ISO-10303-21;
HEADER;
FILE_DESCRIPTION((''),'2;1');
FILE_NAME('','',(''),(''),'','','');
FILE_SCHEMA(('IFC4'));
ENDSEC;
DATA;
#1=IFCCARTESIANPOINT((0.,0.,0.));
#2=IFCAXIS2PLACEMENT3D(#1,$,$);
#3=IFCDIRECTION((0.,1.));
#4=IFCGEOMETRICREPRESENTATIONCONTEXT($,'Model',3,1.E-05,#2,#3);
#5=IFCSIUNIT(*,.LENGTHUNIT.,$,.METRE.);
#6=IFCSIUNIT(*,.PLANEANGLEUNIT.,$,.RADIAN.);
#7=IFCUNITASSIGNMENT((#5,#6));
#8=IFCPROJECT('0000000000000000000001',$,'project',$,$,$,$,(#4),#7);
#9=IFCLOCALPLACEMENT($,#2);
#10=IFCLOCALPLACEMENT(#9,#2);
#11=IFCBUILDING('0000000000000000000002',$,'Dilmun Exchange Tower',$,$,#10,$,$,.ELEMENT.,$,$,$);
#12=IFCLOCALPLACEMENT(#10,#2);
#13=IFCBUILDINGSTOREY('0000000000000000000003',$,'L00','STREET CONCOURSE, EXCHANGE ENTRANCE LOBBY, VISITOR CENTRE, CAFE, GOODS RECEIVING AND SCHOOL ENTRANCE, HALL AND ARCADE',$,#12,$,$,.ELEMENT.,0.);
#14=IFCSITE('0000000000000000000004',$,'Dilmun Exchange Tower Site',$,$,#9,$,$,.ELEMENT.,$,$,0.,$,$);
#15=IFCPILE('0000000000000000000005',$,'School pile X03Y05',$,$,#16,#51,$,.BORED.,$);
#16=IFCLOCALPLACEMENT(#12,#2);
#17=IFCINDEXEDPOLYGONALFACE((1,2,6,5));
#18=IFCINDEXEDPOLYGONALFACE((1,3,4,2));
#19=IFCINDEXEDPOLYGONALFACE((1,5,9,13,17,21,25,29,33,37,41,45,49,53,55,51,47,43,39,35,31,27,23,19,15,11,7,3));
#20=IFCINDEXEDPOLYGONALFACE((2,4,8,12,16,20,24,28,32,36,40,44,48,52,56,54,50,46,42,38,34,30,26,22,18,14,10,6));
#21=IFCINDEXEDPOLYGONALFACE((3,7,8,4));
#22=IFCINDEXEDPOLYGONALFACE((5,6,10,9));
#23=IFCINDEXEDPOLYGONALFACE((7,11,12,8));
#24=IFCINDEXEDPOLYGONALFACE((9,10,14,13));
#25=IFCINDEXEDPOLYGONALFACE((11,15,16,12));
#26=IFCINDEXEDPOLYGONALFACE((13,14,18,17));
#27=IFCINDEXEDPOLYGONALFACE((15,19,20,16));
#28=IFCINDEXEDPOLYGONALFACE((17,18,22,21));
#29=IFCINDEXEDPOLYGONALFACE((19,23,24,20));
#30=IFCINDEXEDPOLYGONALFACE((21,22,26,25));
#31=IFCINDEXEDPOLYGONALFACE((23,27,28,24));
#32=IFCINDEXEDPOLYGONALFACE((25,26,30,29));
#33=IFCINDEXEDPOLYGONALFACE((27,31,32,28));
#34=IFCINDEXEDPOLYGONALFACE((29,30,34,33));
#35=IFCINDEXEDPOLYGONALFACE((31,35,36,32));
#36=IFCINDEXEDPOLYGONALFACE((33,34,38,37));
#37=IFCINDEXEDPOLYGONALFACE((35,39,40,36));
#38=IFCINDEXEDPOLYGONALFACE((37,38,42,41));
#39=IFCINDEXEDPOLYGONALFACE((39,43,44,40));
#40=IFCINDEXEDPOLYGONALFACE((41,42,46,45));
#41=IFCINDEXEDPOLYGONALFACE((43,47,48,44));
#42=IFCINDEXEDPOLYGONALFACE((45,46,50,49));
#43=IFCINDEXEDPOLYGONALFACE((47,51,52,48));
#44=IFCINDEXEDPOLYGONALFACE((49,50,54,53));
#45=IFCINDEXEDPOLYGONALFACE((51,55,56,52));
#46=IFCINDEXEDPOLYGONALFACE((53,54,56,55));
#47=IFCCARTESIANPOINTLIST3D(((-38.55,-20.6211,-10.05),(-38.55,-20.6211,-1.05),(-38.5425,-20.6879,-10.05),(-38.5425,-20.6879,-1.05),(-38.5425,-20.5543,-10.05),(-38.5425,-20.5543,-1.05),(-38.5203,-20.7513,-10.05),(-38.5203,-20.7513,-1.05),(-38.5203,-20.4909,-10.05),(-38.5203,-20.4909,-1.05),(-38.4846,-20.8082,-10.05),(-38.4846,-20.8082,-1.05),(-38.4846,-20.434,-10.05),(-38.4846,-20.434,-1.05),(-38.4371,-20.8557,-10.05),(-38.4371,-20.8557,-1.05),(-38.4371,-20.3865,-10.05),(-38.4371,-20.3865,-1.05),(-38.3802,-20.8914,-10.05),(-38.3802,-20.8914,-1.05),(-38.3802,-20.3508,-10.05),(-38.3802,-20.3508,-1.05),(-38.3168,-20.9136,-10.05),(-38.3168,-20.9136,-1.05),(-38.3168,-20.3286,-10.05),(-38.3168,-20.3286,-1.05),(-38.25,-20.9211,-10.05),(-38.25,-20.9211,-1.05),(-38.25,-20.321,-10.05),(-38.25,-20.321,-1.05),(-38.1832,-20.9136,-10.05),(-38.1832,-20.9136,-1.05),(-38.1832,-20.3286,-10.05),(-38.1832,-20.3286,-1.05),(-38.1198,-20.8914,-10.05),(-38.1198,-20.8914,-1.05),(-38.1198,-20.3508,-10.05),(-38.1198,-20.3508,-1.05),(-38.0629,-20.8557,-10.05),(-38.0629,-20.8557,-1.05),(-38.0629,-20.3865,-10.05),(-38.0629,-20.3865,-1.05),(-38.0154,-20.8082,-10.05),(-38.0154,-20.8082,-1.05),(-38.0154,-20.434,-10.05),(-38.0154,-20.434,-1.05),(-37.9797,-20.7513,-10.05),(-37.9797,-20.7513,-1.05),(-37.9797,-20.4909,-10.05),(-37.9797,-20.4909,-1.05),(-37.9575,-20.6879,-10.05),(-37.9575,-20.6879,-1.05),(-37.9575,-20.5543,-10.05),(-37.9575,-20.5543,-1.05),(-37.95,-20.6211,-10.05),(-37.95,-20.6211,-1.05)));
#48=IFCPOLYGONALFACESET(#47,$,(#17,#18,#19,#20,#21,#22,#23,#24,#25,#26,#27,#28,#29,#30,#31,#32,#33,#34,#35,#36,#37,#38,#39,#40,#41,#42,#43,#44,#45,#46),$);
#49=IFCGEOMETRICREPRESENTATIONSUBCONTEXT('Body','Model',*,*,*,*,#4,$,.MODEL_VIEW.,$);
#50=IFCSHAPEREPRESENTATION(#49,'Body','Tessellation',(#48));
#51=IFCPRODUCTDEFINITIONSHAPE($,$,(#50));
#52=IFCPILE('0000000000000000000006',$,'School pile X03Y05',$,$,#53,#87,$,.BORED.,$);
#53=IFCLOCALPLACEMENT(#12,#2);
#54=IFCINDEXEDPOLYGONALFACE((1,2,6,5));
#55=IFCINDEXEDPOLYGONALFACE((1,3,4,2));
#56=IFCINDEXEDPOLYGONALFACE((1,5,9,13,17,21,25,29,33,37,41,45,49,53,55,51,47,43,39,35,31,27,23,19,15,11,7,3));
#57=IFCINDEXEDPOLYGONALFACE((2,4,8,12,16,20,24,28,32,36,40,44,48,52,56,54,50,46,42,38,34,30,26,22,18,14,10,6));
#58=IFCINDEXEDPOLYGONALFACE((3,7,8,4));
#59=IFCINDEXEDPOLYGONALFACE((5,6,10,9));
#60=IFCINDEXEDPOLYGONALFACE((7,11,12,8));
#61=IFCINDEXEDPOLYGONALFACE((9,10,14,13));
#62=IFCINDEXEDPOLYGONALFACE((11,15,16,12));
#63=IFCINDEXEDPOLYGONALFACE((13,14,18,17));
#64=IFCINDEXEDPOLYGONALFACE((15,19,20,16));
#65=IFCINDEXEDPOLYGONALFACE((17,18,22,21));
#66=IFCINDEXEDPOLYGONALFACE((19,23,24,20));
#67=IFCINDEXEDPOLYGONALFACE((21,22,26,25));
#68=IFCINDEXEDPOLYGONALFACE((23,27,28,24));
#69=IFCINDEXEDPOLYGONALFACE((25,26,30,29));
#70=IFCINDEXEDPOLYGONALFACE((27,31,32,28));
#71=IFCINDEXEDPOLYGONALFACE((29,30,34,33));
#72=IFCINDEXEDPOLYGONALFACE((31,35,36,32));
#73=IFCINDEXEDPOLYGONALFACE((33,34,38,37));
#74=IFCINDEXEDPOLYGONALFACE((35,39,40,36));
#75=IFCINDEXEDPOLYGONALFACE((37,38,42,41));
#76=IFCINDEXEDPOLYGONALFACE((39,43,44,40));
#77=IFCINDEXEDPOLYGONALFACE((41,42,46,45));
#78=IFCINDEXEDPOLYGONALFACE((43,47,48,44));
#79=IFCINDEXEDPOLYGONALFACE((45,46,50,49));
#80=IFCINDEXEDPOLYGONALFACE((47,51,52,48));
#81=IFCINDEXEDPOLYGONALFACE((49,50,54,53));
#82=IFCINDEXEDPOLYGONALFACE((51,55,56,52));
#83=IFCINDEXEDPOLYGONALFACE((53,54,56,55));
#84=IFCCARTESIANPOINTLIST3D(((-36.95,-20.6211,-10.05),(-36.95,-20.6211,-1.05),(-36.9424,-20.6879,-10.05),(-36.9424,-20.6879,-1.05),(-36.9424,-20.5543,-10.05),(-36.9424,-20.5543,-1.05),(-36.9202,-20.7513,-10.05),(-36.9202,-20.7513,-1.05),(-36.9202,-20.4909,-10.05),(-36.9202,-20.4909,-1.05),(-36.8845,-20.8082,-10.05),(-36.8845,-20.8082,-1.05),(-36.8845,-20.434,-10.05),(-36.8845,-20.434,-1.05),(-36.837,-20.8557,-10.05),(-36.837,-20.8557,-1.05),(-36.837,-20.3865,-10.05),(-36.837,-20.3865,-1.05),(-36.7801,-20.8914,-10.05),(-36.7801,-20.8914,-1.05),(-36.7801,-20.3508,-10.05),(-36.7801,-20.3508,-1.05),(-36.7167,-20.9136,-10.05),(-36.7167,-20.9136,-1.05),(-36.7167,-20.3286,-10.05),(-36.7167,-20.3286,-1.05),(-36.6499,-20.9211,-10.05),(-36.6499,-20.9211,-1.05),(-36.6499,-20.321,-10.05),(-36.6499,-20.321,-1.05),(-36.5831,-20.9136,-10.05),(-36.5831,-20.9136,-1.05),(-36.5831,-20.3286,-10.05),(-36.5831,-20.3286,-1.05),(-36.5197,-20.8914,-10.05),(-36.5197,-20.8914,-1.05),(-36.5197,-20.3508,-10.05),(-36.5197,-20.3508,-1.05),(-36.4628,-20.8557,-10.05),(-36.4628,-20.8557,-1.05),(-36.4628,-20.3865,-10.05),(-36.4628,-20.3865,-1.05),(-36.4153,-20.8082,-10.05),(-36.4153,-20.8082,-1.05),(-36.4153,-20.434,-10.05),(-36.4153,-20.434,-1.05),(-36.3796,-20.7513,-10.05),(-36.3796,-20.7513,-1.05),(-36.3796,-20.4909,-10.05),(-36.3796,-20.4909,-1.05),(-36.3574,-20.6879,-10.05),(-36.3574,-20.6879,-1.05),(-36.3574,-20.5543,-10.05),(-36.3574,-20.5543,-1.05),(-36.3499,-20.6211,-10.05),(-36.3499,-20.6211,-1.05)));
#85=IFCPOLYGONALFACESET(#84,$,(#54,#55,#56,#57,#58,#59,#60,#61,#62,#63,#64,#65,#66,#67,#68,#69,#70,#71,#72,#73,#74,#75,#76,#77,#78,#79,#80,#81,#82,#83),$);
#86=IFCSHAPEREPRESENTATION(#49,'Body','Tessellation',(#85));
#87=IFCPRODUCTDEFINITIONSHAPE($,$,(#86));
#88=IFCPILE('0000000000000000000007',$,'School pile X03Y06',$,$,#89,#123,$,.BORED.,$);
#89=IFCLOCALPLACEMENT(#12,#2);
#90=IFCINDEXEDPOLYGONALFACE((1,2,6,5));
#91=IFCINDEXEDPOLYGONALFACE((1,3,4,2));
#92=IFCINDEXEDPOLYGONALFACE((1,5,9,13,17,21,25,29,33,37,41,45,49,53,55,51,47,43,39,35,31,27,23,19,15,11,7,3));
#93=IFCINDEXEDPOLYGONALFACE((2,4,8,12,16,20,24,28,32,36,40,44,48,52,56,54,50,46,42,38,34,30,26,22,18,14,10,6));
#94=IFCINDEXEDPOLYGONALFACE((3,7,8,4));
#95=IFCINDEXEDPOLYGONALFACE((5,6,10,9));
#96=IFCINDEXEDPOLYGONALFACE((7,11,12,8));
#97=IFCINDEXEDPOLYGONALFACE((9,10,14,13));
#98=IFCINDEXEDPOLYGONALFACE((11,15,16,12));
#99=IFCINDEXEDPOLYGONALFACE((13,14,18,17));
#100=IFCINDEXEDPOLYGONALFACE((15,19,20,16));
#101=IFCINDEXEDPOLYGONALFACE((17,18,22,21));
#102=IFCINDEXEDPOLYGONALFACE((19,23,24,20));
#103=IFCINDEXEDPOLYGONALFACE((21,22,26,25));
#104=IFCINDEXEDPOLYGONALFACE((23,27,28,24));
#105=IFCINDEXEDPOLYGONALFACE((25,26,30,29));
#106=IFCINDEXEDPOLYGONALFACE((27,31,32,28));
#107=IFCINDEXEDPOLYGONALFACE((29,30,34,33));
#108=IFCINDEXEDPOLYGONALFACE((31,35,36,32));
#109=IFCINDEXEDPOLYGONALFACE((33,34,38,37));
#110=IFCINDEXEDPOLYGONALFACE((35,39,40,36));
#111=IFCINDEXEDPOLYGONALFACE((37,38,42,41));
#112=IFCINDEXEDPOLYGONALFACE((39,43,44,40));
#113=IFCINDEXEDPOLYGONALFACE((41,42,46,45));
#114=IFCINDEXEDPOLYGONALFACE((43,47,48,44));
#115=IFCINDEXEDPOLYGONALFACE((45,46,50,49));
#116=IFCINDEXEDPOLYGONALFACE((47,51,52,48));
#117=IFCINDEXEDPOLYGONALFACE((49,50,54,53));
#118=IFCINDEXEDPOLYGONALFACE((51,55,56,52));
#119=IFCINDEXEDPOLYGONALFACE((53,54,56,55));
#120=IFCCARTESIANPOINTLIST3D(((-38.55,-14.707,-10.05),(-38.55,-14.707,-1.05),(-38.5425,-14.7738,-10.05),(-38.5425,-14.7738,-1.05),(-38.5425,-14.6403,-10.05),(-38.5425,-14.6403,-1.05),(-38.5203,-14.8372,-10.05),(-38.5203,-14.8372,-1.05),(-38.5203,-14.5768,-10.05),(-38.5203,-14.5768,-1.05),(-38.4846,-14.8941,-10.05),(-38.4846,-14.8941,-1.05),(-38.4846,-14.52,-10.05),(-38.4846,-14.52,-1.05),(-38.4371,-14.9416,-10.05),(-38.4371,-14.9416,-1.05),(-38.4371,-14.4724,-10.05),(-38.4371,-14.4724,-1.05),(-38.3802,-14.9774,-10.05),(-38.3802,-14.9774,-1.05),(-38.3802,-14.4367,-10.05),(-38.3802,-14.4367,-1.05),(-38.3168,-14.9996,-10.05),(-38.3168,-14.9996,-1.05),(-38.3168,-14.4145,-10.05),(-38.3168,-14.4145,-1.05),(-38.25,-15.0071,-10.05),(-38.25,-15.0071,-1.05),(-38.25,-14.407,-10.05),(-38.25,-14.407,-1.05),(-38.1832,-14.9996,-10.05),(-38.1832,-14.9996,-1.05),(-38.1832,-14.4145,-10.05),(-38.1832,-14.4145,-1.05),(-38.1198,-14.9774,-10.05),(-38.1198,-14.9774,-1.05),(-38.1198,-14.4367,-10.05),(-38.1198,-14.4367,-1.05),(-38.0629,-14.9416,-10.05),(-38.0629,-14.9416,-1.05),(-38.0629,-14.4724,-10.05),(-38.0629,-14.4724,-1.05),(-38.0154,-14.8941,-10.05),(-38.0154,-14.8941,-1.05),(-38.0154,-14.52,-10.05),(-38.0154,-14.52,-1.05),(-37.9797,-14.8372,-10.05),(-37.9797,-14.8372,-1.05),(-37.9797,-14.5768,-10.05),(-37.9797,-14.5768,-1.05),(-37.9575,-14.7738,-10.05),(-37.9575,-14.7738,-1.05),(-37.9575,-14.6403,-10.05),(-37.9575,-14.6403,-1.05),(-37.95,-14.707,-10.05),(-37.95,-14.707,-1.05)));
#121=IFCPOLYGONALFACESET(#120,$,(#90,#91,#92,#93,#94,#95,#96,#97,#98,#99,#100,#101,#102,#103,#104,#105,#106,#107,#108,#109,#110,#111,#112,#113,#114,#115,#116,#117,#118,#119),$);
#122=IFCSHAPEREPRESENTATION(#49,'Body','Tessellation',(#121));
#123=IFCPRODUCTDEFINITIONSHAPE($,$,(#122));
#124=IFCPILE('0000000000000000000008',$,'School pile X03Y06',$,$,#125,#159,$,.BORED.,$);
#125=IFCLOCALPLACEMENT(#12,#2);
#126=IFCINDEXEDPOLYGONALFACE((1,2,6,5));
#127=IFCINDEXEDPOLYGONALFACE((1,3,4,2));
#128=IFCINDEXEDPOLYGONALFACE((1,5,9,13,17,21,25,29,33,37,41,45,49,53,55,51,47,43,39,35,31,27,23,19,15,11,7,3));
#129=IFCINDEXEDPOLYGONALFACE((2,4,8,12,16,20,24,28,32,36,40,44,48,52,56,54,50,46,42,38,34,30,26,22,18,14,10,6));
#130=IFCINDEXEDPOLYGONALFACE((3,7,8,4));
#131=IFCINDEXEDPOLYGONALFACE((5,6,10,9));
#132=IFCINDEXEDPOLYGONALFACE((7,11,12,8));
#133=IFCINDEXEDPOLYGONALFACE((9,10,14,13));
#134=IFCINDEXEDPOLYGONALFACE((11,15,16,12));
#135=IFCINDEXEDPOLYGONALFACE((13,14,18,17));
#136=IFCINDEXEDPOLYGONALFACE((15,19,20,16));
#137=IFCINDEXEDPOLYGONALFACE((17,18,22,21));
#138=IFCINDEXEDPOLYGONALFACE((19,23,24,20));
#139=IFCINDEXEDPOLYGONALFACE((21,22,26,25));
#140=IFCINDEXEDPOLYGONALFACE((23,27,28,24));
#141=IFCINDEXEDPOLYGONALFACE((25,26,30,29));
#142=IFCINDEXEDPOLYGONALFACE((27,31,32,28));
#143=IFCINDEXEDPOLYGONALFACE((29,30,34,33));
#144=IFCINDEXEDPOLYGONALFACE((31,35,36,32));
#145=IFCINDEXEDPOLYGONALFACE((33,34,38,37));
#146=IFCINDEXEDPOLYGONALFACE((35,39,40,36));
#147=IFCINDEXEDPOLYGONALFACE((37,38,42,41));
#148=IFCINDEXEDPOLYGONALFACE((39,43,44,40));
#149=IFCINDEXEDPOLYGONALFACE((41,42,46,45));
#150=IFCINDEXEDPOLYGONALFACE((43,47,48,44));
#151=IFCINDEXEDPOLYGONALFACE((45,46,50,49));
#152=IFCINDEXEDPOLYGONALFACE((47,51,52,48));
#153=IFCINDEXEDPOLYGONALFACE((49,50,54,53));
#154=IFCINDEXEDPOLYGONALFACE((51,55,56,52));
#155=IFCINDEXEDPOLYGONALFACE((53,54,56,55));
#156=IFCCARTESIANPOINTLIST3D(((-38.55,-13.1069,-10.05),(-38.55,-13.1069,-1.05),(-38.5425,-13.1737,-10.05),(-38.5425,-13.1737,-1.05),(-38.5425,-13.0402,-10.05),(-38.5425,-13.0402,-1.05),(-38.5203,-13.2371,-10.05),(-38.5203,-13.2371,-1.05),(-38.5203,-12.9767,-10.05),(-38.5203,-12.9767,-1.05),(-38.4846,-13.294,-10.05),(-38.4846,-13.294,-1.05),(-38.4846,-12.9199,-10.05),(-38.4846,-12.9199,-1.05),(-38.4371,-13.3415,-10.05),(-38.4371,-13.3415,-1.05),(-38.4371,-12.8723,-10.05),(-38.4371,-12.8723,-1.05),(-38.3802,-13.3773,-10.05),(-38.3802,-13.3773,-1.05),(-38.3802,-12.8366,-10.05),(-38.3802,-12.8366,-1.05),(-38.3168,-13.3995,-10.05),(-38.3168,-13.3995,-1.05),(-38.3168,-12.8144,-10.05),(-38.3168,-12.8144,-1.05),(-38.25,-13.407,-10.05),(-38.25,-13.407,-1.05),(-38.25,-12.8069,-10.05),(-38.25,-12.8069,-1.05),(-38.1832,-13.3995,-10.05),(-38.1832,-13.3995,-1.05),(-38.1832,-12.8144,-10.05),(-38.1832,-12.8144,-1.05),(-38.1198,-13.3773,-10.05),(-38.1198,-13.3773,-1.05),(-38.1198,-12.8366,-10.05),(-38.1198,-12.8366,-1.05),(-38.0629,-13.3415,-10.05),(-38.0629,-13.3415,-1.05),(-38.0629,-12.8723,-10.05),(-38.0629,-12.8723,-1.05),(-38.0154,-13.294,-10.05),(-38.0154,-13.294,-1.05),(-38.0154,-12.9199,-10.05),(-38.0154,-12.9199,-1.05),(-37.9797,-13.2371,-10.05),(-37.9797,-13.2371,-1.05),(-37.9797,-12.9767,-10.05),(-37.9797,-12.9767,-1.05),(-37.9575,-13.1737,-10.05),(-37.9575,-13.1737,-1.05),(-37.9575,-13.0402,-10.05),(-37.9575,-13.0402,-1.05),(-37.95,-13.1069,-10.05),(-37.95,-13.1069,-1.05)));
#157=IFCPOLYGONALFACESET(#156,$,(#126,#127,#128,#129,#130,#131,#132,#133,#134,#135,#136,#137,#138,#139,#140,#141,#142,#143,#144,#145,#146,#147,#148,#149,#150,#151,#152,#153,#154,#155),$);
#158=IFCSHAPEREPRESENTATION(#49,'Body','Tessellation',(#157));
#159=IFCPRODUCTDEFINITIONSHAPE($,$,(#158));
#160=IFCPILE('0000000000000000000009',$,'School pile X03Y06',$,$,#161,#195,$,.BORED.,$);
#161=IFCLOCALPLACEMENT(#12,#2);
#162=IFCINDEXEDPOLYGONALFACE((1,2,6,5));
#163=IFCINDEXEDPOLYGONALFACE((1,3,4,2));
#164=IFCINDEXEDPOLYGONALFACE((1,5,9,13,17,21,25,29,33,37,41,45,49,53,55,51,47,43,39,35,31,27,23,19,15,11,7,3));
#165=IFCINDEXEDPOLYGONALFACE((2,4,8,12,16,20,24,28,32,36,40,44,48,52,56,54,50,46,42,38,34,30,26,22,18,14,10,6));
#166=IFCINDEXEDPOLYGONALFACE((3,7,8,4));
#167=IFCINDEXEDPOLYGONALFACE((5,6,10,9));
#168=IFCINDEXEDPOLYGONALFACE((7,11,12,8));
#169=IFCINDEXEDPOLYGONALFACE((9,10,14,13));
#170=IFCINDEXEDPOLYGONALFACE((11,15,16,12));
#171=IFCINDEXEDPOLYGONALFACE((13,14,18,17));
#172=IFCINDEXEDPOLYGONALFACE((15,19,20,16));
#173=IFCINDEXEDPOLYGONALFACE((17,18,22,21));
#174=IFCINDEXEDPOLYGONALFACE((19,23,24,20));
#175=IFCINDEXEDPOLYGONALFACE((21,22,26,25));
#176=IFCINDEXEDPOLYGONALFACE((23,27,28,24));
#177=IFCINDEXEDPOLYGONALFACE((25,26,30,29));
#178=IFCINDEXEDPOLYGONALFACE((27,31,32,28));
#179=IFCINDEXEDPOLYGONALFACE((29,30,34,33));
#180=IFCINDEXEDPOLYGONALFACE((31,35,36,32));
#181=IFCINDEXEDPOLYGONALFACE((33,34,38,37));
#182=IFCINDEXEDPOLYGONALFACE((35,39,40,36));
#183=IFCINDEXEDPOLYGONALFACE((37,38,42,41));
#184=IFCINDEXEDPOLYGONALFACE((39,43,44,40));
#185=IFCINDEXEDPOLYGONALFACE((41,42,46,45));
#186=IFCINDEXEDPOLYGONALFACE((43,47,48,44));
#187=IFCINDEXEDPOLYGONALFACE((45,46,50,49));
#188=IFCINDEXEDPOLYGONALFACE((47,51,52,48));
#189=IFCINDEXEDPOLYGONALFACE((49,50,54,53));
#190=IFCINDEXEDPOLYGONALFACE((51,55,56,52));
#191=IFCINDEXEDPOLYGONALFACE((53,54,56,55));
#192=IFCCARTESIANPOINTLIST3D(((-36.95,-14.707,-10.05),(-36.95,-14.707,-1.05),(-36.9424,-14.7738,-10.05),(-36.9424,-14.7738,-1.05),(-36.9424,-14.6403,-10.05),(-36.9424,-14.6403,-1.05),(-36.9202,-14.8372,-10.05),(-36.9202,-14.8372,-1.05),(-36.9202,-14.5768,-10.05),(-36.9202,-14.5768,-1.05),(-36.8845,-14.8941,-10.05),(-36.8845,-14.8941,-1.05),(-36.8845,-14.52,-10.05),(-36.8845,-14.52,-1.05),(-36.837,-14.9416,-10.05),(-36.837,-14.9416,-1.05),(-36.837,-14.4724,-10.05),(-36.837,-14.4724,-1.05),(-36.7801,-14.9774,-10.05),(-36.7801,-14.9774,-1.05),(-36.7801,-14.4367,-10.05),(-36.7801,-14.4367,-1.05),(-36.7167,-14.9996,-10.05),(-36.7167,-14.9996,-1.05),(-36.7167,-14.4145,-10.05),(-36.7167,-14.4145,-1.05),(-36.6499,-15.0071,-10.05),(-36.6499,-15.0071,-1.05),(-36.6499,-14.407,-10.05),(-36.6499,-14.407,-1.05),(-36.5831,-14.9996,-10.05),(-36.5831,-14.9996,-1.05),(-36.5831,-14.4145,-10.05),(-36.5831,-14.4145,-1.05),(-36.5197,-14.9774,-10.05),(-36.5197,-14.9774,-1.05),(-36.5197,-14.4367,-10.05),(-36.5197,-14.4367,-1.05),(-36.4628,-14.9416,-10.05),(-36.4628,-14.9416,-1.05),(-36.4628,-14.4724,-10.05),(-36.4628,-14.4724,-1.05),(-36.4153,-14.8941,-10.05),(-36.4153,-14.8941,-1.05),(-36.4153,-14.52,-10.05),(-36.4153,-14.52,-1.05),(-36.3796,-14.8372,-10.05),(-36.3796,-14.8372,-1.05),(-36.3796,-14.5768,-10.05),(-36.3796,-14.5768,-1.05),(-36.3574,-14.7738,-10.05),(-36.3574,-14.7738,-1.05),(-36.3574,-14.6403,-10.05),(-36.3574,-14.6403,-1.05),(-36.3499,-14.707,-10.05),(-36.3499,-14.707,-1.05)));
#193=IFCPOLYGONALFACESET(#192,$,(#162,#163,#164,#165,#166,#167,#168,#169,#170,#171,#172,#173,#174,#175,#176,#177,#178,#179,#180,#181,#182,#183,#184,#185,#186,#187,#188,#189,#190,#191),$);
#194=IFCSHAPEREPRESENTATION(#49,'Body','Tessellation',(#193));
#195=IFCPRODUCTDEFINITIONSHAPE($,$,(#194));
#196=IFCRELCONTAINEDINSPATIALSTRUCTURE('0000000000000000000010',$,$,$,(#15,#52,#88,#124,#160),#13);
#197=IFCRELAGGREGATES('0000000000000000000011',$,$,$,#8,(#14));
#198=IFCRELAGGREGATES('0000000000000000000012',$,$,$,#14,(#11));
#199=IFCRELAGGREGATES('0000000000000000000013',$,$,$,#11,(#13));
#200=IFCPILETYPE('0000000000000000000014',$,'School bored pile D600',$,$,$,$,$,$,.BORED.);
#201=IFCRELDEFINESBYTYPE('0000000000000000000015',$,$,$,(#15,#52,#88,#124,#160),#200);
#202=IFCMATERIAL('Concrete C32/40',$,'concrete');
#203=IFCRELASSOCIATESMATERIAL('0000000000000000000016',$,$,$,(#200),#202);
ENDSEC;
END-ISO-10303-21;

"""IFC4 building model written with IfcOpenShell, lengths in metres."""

from ifc_helpers import new_model, si_unit, direction, frame, origin, origin_2d, place, context, subcontext, project, spatial, circle, extrude, material, material_profile, profile_set, type_object, element, save


model = new_model("IFC4")

# Units and contexts
model_context = context("Model", 3, precision=1e-05, world=origin(), true_north=direction((0.0, 1.0)))
body_context = subcontext(model_context, "Body", "Model", "MODEL_VIEW")
ifc_project = project(units=[si_unit("LENGTHUNIT", "METRE"), si_unit("PLANEANGLEUNIT", "RADIAN")], contexts=[model_context])

# Site, building, storey
site_placement = place(None, origin())
site = spatial("IfcSite", under=ifc_project, at=site_placement, Name="Dilmun Exchange Tower Site", CompositionType="ELEMENT", RefElevation=0.0)
building_placement = place(site_placement, origin())
building = spatial("IfcBuilding", under=site, at=building_placement, Name="Dilmun Exchange Tower", CompositionType="ELEMENT")
storey_placement = place(building_placement, origin())
storey = spatial("IfcBuildingStorey", under=building, at=storey_placement, Name="L00", Description="STREET CONCOURSE, EXCHANGE ENTRANCE LOBBY, VISITOR CENTRE, CAFE, GOODS RECEIVING AND SCHOOL ENTRANCE, HALL AND ARCADE", CompositionType="ELEMENT", Elevation=0.0)

# Piles
ifc_material_1 = material(Name="Concrete C32/40", Category="concrete")
ifc_material_profile_1 = material_profile(ifc_material_1, circle(Radius=0.3, at=origin_2d()), Name="D600")
ifc_profile_set_1 = profile_set([ifc_material_profile_1], Name="Concrete C32/40")
pile_type = type_object("IfcPileType", Name="School bored pile D600", PredefinedType="BORED", material=ifc_profile_set_1)
for number, where, z_axis, x_axis, name in (
    (1, (-38.25, -20.6211, -1.05), (0.0, 0.0, -1.0), (1.0, 0.0, 0.0), "School pile X03Y05"),
    (2, (-36.6499, -20.6211, -1.05), (0.0, 0.0, -1.0), (1.0, 0.0, 0.0), "School pile X03Y05"),
    (3, (-38.25, -14.707, -1.05), (0.0, 0.0, -1.0), (1.0, 0.0, 0.0), "School pile X03Y06"),
    (4, (-38.25, -13.1069, -1.05), (0.0, 0.0, -1.0), (1.0, 0.0, 0.0), "School pile X03Y06"),
    (5, (-36.6499, -14.707, -1.05), (0.0, 0.0, -1.0), (1.0, 0.0, 0.0), "School pile X03Y06"),
):
    element("IfcPile", number, at=place(storey_placement, frame(where, z_axis=z_axis, x_axis=x_axis)), inside=storey, type_object=pile_type, Name=name, PredefinedType="BORED", context=body_context, shape_type="SweptSolid", body=[
        extrude(circle(Radius=0.3, at=origin_2d()), origin(), (0.0, 0.0, 1.0), 9.0),
    ])

save(model, "model.ifc")
